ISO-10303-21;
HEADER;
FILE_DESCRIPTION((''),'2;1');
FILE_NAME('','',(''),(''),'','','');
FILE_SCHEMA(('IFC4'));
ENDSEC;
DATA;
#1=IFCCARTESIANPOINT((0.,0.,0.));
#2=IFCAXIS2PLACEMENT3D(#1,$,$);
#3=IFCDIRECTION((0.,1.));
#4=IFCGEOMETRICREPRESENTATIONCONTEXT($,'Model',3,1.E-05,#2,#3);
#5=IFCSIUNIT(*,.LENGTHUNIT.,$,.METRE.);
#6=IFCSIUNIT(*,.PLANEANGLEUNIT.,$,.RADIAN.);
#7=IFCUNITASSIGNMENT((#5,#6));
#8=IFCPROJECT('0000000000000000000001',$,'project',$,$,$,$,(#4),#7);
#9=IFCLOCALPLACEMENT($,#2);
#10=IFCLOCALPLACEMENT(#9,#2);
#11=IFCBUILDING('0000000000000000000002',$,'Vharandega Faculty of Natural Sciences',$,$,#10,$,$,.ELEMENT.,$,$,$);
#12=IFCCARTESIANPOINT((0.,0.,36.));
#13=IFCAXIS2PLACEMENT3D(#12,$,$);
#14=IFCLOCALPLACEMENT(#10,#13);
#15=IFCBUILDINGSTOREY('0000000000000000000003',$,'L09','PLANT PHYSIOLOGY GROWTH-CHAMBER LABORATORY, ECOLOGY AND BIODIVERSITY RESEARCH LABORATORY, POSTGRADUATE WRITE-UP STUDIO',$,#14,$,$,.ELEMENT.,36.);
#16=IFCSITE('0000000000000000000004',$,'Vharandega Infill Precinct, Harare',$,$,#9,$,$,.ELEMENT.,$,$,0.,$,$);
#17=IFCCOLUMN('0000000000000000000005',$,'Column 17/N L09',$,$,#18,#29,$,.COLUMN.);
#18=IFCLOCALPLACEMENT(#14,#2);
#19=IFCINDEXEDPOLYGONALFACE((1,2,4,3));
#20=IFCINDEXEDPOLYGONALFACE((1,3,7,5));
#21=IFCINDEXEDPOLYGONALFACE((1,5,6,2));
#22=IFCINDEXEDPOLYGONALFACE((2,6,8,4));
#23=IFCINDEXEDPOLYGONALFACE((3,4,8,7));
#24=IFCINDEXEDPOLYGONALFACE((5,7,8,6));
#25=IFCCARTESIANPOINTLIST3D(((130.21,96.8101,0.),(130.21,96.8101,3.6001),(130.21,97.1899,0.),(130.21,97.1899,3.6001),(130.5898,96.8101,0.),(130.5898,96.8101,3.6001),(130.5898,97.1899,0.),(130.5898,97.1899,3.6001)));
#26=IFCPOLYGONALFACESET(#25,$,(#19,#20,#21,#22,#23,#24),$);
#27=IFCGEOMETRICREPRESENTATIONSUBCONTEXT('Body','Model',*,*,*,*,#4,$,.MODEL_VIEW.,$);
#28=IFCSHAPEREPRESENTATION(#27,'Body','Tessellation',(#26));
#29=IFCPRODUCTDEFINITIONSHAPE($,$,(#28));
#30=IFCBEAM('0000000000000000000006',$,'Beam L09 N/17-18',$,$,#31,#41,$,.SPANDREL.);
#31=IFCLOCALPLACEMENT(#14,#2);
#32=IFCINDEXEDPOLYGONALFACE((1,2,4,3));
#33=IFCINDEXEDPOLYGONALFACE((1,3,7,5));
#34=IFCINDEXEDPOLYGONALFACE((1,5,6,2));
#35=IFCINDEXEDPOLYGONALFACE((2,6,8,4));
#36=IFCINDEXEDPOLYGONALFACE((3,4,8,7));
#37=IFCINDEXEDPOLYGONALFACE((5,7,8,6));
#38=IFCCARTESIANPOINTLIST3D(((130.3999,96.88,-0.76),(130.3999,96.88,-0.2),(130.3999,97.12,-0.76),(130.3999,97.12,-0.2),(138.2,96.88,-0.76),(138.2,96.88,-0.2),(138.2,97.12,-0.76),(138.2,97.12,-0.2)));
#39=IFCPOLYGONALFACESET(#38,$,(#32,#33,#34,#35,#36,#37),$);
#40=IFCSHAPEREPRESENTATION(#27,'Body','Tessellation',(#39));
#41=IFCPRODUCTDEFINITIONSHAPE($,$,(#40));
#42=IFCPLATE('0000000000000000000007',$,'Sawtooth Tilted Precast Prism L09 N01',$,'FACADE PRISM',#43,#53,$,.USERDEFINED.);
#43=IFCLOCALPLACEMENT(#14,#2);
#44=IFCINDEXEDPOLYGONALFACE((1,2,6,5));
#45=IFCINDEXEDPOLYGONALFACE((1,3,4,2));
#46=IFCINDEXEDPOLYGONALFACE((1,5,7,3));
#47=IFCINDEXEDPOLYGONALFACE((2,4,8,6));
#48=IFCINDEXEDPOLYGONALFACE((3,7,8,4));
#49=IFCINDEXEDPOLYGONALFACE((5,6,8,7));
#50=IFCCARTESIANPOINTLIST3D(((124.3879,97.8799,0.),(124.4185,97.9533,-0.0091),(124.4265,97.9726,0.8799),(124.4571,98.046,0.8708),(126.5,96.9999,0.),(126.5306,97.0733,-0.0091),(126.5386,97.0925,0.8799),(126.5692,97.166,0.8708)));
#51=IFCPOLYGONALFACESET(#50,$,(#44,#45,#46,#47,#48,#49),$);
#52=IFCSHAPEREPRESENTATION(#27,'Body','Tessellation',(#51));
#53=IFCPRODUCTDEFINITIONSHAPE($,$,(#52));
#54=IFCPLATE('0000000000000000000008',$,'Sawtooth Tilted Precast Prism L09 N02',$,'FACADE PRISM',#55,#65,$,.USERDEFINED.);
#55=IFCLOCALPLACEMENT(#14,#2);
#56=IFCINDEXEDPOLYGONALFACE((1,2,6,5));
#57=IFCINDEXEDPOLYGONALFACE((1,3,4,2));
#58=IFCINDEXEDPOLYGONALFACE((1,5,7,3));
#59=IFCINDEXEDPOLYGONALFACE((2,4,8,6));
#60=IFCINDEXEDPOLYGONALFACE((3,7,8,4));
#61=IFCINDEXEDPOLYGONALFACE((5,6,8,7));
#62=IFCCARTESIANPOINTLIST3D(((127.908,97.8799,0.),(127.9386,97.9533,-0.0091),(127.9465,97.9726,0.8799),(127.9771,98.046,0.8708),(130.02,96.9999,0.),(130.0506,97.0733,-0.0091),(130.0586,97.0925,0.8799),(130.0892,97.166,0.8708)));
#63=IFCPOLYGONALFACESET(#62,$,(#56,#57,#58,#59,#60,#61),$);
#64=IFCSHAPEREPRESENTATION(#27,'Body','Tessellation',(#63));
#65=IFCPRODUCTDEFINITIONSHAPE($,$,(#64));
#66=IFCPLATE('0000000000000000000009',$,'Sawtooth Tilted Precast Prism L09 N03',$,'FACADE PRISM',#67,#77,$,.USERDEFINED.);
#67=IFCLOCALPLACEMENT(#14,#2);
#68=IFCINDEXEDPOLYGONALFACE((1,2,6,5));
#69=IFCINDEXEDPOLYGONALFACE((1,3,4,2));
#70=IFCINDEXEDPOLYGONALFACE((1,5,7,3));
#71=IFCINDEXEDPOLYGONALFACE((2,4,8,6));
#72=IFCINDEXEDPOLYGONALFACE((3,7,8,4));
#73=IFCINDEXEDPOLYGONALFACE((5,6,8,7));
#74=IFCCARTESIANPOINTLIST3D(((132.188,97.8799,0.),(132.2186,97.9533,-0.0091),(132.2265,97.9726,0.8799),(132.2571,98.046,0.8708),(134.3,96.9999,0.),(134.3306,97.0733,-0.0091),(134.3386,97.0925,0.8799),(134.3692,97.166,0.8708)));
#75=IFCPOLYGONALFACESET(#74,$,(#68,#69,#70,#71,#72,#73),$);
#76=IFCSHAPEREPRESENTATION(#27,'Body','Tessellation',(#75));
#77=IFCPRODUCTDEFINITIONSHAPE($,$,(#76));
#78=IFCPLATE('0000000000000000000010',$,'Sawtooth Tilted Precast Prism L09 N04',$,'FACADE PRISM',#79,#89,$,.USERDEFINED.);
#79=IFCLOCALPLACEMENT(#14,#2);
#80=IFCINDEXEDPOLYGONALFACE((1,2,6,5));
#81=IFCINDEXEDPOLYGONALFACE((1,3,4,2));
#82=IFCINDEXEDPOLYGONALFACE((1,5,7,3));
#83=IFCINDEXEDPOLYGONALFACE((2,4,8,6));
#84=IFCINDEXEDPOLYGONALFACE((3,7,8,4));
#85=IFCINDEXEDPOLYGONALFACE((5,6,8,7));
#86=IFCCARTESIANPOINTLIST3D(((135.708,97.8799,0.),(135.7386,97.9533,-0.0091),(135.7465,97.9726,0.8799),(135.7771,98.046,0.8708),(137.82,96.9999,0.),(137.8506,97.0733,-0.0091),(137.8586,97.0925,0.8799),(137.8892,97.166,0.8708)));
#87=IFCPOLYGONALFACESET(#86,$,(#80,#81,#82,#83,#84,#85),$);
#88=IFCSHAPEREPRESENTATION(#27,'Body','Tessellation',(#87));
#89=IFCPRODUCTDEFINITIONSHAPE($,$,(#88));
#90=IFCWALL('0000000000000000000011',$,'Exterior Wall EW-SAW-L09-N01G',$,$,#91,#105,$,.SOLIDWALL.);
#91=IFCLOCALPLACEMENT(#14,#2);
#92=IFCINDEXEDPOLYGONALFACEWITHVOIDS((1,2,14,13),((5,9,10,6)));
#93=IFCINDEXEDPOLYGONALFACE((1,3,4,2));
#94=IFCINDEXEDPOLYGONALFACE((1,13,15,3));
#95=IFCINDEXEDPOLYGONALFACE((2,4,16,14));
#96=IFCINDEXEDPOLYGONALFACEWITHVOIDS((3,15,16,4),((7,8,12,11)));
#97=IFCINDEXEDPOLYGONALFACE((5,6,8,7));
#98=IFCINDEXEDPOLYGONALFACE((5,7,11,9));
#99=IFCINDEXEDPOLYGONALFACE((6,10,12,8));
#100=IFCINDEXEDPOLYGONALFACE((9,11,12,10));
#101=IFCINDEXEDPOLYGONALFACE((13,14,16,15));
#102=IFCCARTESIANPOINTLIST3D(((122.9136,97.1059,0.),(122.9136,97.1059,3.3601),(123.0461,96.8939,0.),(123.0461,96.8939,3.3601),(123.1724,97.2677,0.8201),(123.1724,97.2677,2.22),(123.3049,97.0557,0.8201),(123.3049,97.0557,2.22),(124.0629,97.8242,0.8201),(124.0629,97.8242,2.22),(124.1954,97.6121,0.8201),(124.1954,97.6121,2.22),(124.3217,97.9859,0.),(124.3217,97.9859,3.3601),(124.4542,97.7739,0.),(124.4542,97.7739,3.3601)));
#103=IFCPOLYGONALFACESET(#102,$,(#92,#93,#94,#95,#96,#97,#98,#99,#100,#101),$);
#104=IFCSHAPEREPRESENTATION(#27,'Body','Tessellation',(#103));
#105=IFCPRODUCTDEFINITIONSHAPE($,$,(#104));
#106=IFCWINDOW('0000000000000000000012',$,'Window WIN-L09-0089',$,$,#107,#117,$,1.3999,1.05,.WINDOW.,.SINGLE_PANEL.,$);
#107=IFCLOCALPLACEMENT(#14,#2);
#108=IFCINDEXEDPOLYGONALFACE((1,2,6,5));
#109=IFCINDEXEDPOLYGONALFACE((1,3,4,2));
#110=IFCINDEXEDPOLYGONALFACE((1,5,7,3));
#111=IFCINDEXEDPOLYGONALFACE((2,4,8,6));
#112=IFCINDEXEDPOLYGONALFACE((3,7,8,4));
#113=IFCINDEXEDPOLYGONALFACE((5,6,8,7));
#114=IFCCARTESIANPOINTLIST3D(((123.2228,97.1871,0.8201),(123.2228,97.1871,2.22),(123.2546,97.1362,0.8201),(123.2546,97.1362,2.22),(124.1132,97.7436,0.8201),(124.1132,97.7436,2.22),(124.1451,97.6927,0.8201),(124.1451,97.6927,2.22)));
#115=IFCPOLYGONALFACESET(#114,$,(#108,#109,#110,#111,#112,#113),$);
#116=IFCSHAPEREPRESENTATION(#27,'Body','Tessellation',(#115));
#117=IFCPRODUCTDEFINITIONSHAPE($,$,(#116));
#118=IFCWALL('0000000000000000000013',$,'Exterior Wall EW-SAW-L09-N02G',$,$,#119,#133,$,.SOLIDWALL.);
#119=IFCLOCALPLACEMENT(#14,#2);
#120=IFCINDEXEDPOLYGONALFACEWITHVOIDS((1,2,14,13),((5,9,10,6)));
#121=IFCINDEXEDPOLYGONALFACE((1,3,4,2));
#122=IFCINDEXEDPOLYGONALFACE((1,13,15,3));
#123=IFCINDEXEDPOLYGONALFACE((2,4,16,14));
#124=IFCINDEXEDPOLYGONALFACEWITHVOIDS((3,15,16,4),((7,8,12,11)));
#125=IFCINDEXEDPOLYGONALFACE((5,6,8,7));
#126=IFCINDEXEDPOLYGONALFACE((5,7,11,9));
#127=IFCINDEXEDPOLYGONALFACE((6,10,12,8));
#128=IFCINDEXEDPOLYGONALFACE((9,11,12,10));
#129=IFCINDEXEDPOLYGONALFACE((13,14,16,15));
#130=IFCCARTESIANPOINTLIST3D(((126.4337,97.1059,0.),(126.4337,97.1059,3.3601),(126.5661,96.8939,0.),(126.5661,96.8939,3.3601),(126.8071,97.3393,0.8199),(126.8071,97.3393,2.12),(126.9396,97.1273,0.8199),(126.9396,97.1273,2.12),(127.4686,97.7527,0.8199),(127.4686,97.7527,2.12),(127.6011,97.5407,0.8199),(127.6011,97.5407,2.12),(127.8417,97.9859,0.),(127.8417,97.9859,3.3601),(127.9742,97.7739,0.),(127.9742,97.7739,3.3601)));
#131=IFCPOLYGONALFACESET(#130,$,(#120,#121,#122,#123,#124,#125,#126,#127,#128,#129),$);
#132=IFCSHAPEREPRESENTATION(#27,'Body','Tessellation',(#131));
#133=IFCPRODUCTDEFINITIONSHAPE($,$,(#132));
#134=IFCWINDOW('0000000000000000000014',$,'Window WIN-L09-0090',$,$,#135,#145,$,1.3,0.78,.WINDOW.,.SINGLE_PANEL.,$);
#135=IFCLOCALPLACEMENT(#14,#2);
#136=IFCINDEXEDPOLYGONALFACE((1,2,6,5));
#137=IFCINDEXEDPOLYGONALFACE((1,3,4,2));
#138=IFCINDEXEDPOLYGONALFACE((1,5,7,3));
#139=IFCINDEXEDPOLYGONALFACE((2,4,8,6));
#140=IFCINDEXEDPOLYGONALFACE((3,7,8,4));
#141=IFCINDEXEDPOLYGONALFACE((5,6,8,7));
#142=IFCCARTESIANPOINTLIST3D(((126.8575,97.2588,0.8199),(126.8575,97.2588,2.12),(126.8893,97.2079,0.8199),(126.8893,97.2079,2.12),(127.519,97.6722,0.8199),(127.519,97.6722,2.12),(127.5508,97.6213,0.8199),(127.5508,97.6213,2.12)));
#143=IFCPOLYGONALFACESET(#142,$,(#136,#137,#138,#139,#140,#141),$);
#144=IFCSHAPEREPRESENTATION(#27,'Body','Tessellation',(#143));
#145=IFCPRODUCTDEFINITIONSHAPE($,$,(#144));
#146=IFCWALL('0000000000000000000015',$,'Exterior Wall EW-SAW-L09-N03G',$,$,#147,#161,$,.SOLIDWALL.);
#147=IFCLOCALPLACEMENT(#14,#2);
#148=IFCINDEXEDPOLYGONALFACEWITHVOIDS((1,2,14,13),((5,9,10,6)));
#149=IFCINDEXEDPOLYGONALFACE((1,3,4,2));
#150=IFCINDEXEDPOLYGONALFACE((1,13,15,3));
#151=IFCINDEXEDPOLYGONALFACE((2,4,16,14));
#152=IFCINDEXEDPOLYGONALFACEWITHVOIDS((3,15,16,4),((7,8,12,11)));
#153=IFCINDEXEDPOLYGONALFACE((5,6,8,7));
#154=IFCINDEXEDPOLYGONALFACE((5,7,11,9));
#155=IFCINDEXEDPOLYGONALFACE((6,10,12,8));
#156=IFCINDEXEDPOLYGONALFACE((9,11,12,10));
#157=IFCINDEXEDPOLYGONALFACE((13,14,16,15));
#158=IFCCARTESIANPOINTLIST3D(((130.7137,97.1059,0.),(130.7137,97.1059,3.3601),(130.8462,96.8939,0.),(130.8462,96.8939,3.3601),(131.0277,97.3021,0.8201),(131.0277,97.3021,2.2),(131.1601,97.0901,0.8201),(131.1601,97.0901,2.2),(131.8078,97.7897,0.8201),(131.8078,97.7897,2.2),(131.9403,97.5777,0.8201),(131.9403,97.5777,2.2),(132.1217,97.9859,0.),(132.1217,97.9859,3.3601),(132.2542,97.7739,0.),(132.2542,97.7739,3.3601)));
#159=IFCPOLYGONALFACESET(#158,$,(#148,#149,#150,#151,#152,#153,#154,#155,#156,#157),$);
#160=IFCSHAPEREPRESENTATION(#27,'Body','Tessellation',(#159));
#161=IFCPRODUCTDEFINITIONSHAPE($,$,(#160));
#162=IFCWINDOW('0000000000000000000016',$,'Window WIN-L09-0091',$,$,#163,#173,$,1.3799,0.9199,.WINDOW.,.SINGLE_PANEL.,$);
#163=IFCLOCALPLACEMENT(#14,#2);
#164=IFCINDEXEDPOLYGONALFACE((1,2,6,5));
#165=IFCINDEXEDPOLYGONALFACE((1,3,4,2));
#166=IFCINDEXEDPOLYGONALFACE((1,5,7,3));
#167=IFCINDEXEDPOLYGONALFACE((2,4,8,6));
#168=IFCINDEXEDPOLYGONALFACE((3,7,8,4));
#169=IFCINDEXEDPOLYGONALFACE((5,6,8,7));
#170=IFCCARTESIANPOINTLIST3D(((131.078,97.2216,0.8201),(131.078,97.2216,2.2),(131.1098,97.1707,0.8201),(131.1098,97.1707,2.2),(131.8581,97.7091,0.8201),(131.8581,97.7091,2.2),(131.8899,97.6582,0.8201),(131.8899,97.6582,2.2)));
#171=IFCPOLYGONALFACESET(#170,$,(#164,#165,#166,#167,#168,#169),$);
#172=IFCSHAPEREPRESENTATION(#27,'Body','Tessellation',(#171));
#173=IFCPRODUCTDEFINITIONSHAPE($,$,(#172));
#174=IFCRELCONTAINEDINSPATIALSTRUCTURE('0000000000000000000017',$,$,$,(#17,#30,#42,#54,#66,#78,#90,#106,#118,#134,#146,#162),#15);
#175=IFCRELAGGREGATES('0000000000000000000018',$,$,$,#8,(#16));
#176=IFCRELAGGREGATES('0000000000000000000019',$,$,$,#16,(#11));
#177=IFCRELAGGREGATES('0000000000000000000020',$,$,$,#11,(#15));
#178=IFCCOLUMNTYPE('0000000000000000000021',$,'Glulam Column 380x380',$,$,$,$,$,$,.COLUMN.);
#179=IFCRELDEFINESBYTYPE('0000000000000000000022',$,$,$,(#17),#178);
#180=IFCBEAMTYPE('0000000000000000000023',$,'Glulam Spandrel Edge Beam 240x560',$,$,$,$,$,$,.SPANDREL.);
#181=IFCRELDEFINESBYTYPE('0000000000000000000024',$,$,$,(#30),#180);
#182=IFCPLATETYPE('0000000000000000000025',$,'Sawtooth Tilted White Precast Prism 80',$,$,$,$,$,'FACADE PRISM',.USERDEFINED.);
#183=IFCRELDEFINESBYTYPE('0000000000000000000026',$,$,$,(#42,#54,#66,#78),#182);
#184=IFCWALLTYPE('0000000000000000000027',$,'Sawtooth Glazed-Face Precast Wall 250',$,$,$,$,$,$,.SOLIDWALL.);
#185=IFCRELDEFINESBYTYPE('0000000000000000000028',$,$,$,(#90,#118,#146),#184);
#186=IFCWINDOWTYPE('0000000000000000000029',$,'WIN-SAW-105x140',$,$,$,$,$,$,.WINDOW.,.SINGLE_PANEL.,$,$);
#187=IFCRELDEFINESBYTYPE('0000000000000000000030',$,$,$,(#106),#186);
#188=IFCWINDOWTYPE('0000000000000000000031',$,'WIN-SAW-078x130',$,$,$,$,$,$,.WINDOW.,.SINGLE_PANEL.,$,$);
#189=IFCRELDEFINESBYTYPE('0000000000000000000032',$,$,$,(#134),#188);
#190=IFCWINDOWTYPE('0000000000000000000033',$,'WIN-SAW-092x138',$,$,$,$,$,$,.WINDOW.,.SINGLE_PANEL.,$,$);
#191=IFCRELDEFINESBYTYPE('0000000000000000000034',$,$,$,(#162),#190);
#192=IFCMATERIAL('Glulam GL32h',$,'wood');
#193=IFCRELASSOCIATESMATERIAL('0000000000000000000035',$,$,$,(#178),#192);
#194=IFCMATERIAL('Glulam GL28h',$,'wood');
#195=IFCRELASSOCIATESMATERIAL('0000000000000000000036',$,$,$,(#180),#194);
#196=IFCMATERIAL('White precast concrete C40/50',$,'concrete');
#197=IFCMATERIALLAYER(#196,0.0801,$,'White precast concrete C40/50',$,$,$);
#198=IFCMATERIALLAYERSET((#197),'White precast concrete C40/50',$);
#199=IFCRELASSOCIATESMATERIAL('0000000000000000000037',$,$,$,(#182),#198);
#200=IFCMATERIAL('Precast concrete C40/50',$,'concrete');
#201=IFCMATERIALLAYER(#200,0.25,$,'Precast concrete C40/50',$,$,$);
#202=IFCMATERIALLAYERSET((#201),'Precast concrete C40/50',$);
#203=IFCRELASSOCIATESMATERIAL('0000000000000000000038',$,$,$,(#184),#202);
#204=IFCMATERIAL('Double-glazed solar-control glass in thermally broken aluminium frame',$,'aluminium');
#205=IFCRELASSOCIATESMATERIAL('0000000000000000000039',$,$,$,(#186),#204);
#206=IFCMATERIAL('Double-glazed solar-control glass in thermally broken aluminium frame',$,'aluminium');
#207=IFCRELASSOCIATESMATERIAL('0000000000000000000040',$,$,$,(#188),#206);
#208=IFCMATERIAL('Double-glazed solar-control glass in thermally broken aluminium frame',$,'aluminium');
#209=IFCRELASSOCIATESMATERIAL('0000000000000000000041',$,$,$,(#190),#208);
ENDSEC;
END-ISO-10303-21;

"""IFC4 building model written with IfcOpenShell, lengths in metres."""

from ifc_helpers import new_model, si_unit, direction, frame, frame_2d, origin, origin_2d, place, context, subcontext, project, spatial, polyline, rectangle, outline, extrude, material, layer, layer_set, material_profile, profile_set, type_object, element, fill, save


model = new_model("IFC4")

# Units and contexts
model_context = context("Model", 3, precision=1e-05, world=origin(), true_north=direction((0.0, 1.0)))
body_context = subcontext(model_context, "Body", "Model", "MODEL_VIEW")
ifc_project = project(units=[si_unit("LENGTHUNIT", "METRE"), si_unit("PLANEANGLEUNIT", "RADIAN")], contexts=[model_context])

# Site, building, storey
site_placement = place(None, origin())
site = spatial("IfcSite", under=ifc_project, at=site_placement, Name="Vharandega Infill Precinct, Harare", CompositionType="ELEMENT", RefElevation=0.0)
building_placement = place(site_placement, origin())
building = spatial("IfcBuilding", under=site, at=building_placement, Name="Vharandega Faculty of Natural Sciences", CompositionType="ELEMENT")
storey_placement = place(building_placement, frame((0.0, 0.0, 36.0)))
storey = spatial("IfcBuildingStorey", under=building, at=storey_placement, Name="L09", Description="PLANT PHYSIOLOGY GROWTH-CHAMBER LABORATORY, ECOLOGY AND BIODIVERSITY RESEARCH LABORATORY, POSTGRADUATE WRITE-UP STUDIO", CompositionType="ELEMENT", Elevation=36.0)

# Column
ifc_material_1 = material(Name="Glulam GL32h", Category="wood")
ifc_material_profile_1 = material_profile(ifc_material_1, rectangle(XDim=0.3799, YDim=0.3799, at=origin_2d()), Name="GL32h 380x380")
ifc_profile_set_1 = profile_set([ifc_material_profile_1], Name="Glulam GL32h")
column_type = type_object("IfcColumnType", Name="Glulam Column 380x380", PredefinedType="COLUMN", material=ifc_profile_set_1)
column_placement = place(storey_placement, frame((130.3999, 97.0, 0.0), z_axis=(0.0, 0.0, 1.0), x_axis=(1.0, 0.0, 0.0)))
element("IfcColumn", 1, at=column_placement, inside=storey, type_object=column_type, Name="Column 17/N L09", PredefinedType="COLUMN", context=body_context, shape_type="SweptSolid", body=[
    extrude(rectangle(XDim=0.3799, YDim=0.3799, at=origin_2d()), origin(), (0.0, 0.0, 1.0), 3.6001),
])

# Beam
ifc_material_2 = material(Name="Glulam GL28h", Category="wood")
ifc_material_profile_2 = material_profile(ifc_material_2, rectangle(XDim=0.24, YDim=0.5601, at=origin_2d()), Name="GL28h 240x560")
ifc_profile_set_2 = profile_set([ifc_material_profile_2], Name="Glulam GL28h")
beam_type = type_object("IfcBeamType", Name="Glulam Spandrel Edge Beam 240x560", PredefinedType="SPANDREL", material=ifc_profile_set_2)
beam_placement = place(storey_placement, frame((130.3999, 97.0, -0.48), z_axis=(1.0, 0.0, 0.0), x_axis=(0.0, 1.0, 0.0)))
element("IfcBeam", 2, at=beam_placement, inside=storey, type_object=beam_type, Name="Beam L09 N/17-18", PredefinedType="SPANDREL", context=body_context, shape_type="SweptSolid", body=[
    extrude(rectangle(XDim=0.24, YDim=0.5601, at=origin_2d()), origin(), (0.0, 0.0, 1.0), 7.8),
])

# Plates
ifc_material_3 = material(Name="White precast concrete C40/50", Category="concrete")
ifc_layer_1 = layer(ifc_material_3, 0.0801, Name="White precast concrete C40/50")
ifc_layer_set_1 = layer_set([ifc_layer_1], Name="White precast concrete C40/50")
plate_type = type_object("IfcPlateType", Name="Sawtooth Tilted White Precast Prism 80", ElementType="FACADE PRISM", PredefinedType="USERDEFINED", material=ifc_layer_set_1)
for number, where, z_axis, x_axis, name in (
    (3, (124.3879, 97.8799, 0.0), (-0.38213, -0.917133, 0.113326), (0.043509, 0.104642, 0.993558), "Sawtooth Tilted Precast Prism L09 N01"),
    (4, (127.908, 97.8799, 0.0), (-0.38213, -0.917133, 0.113326), (0.043509, 0.104642, 0.993558), "Sawtooth Tilted Precast Prism L09 N02"),
    (5, (132.188, 97.8799, 0.0), (-0.38213, -0.917133, 0.113326), (0.043509, 0.104642, 0.993558), "Sawtooth Tilted Precast Prism L09 N03"),
    (6, (135.708, 97.8799, 0.0), (-0.38213, -0.917133, 0.113326), (0.043509, 0.104642, 0.993558), "Sawtooth Tilted Precast Prism L09 N04"),
):
    element("IfcPlate", number, at=place(storey_placement, frame(where, z_axis=z_axis, x_axis=x_axis)), inside=storey, type_object=plate_type, Name=name, ObjectType="FACADE PRISM", PredefinedType="USERDEFINED", context=body_context, shape_type="SweptSolid", body=[
        extrude(outline(polyline([(0.0, 0.0), (0.8856, 0.0), (0.8854, -2.2881), (-0.0002, -2.288), (0.0, 0.0)])), origin(), (0.0, 0.0, -1.0), 0.0801),
    ])

# Walls, openings, windows
ifc_material_4 = material(Name="Precast concrete C40/50", Category="concrete")
ifc_layer_2 = layer(ifc_material_4, 0.25, Name="Precast concrete C40/50")
ifc_layer_set_2 = layer_set([ifc_layer_2], Name="Precast concrete C40/50")
wall_type_1 = type_object("IfcWallType", Name="Sawtooth Glazed-Face Precast Wall 250", PredefinedType="SOLIDWALL", material=ifc_layer_set_2)
wall_1_placement = place(storey_placement, frame((122.98, 97.0, 0.0), z_axis=(0.0, 0.0, 1.0), x_axis=(0.848023, 0.529959, 0.0)))
wall_1 = element("IfcWall", 7, at=wall_1_placement, inside=storey, type_object=wall_type_1, Name="Exterior Wall EW-SAW-L09-N01G", PredefinedType="SOLIDWALL", context=body_context, shape_type="SweptSolid", body=[
    extrude(rectangle(XDim=1.6604, YDim=0.25, at=frame_2d((0.8301, 0.0))), origin(), (0.0, 0.0, 1.0), 3.3601),
])
opening_1_placement = place(wall_1_placement, frame((0.3052, 0.0, 0.8201)))
opening_1 = element("IfcOpeningElement", 8, at=opening_1_placement, cuts=wall_1, PredefinedType="OPENING", context=body_context, shape_type="SweptSolid", body=[
    extrude(rectangle(XDim=1.05, YDim=1.3999, at=frame_2d((0.5249, 0.7))), frame((0.0, 0.135, 0.0), z_axis=(0.0, -1.0, 0.0), x_axis=(1.0, 0.0, 0.0)), (0.0, 0.0, 1.0), 0.27),
])
ifc_material_5 = material(Name="Double-glazed solar-control glass in thermally broken aluminium frame", Category="aluminium")
window_type_1 = type_object("IfcWindowType", Name="WIN-SAW-105x140", PartitioningType="SINGLE_PANEL", PredefinedType="WINDOW", material=ifc_material_5)
window_1_placement = place(opening_1_placement, origin())
window_1 = element("IfcWindow", 9, at=window_1_placement, inside=storey, type_object=window_type_1, Name="Window WIN-L09-0089", OverallHeight=1.3999, OverallWidth=1.05, PartitioningType="SINGLE_PANEL", PredefinedType="WINDOW", context=body_context, shape_type="SweptSolid", body=[
    extrude(rectangle(XDim=1.05, YDim=1.3999, at=frame_2d((0.5249, 0.7))), frame((0.0, 0.03, 0.0), z_axis=(0.0, -1.0, 0.0), x_axis=(1.0, 0.0, 0.0)), (0.0, 0.0, 1.0), 0.0601),
])
fill(opening_1, window_1)
wall_2_placement = place(storey_placement, frame((126.5, 97.0, 0.0), z_axis=(0.0, 0.0, 1.0), x_axis=(0.848023, 0.529959, 0.0)))
wall_2 = element("IfcWall", 10, at=wall_2_placement, inside=storey, type_object=wall_type_1, Name="Exterior Wall EW-SAW-L09-N02G", PredefinedType="SOLIDWALL", context=body_context, shape_type="SweptSolid", body=[
    extrude(rectangle(XDim=1.6604, YDim=0.25, at=frame_2d((0.8301, 0.0))), origin(), (0.0, 0.0, 1.0), 3.3601),
])
opening_2_placement = place(wall_2_placement, frame((0.4402, 0.0, 0.8201)))
opening_2 = element("IfcOpeningElement", 11, at=opening_2_placement, cuts=wall_2, PredefinedType="OPENING", context=body_context, shape_type="SweptSolid", body=[
    extrude(rectangle(XDim=0.78, YDim=1.3, at=frame_2d((0.3901, 0.6499))), frame((0.0, 0.135, 0.0), z_axis=(0.0, -1.0, 0.0), x_axis=(1.0, 0.0, 0.0)), (0.0, 0.0, 1.0), 0.27),
])
ifc_material_6 = material(Name="Double-glazed solar-control glass in thermally broken aluminium frame", Category="aluminium")
window_type_2 = type_object("IfcWindowType", Name="WIN-SAW-078x130", PartitioningType="SINGLE_PANEL", PredefinedType="WINDOW", material=ifc_material_6)
window_2_placement = place(opening_2_placement, origin())
window_2 = element("IfcWindow", 12, at=window_2_placement, inside=storey, type_object=window_type_2, Name="Window WIN-L09-0090", OverallHeight=1.3, OverallWidth=0.78, PartitioningType="SINGLE_PANEL", PredefinedType="WINDOW", context=body_context, shape_type="SweptSolid", body=[
    extrude(rectangle(XDim=0.78, YDim=1.3, at=frame_2d((0.3901, 0.6499))), frame((0.0, 0.03, 0.0), z_axis=(0.0, -1.0, 0.0), x_axis=(1.0, 0.0, 0.0)), (0.0, 0.0, 1.0), 0.0601),
])
fill(opening_2, window_2)
wall_3_placement = place(storey_placement, frame((130.78, 97.0, 0.0), z_axis=(0.0, 0.0, 1.0), x_axis=(0.848023, 0.529959, 0.0)))
wall_3 = element("IfcWall", 13, at=wall_3_placement, inside=storey, type_object=wall_type_1, Name="Exterior Wall EW-SAW-L09-N03G", PredefinedType="SOLIDWALL", context=body_context, shape_type="SweptSolid", body=[
    extrude(rectangle(XDim=1.6604, YDim=0.25, at=frame_2d((0.8301, 0.0))), origin(), (0.0, 0.0, 1.0), 3.3601),
])
opening_3_placement = place(wall_3_placement, frame((0.3701, 0.0, 0.8201)))
opening_3 = element("IfcOpeningElement", 14, at=opening_3_placement, cuts=wall_3, PredefinedType="OPENING", context=body_context, shape_type="SweptSolid", body=[
    extrude(rectangle(XDim=0.9199, YDim=1.3799, at=frame_2d((0.46, 0.6899))), frame((0.0, 0.135, 0.0), z_axis=(0.0, -1.0, 0.0), x_axis=(1.0, 0.0, 0.0)), (0.0, 0.0, 1.0), 0.27),
])
ifc_material_7 = material(Name="Double-glazed solar-control glass in thermally broken aluminium frame", Category="aluminium")
window_type_3 = type_object("IfcWindowType", Name="WIN-SAW-092x138", PartitioningType="SINGLE_PANEL", PredefinedType="WINDOW", material=ifc_material_7)
window_3_placement = place(opening_3_placement, origin())
window_3 = element("IfcWindow", 15, at=window_3_placement, inside=storey, type_object=window_type_3, Name="Window WIN-L09-0091", OverallHeight=1.3799, OverallWidth=0.9199, PartitioningType="SINGLE_PANEL", PredefinedType="WINDOW", context=body_context, shape_type="SweptSolid", body=[
    extrude(rectangle(XDim=0.9199, YDim=1.3799, at=frame_2d((0.46, 0.6899))), frame((0.0, 0.03, 0.0), z_axis=(0.0, -1.0, 0.0), x_axis=(1.0, 0.0, 0.0)), (0.0, 0.0, 1.0), 0.0601),
])
fill(opening_3, window_3)

save(model, "model.ifc")
